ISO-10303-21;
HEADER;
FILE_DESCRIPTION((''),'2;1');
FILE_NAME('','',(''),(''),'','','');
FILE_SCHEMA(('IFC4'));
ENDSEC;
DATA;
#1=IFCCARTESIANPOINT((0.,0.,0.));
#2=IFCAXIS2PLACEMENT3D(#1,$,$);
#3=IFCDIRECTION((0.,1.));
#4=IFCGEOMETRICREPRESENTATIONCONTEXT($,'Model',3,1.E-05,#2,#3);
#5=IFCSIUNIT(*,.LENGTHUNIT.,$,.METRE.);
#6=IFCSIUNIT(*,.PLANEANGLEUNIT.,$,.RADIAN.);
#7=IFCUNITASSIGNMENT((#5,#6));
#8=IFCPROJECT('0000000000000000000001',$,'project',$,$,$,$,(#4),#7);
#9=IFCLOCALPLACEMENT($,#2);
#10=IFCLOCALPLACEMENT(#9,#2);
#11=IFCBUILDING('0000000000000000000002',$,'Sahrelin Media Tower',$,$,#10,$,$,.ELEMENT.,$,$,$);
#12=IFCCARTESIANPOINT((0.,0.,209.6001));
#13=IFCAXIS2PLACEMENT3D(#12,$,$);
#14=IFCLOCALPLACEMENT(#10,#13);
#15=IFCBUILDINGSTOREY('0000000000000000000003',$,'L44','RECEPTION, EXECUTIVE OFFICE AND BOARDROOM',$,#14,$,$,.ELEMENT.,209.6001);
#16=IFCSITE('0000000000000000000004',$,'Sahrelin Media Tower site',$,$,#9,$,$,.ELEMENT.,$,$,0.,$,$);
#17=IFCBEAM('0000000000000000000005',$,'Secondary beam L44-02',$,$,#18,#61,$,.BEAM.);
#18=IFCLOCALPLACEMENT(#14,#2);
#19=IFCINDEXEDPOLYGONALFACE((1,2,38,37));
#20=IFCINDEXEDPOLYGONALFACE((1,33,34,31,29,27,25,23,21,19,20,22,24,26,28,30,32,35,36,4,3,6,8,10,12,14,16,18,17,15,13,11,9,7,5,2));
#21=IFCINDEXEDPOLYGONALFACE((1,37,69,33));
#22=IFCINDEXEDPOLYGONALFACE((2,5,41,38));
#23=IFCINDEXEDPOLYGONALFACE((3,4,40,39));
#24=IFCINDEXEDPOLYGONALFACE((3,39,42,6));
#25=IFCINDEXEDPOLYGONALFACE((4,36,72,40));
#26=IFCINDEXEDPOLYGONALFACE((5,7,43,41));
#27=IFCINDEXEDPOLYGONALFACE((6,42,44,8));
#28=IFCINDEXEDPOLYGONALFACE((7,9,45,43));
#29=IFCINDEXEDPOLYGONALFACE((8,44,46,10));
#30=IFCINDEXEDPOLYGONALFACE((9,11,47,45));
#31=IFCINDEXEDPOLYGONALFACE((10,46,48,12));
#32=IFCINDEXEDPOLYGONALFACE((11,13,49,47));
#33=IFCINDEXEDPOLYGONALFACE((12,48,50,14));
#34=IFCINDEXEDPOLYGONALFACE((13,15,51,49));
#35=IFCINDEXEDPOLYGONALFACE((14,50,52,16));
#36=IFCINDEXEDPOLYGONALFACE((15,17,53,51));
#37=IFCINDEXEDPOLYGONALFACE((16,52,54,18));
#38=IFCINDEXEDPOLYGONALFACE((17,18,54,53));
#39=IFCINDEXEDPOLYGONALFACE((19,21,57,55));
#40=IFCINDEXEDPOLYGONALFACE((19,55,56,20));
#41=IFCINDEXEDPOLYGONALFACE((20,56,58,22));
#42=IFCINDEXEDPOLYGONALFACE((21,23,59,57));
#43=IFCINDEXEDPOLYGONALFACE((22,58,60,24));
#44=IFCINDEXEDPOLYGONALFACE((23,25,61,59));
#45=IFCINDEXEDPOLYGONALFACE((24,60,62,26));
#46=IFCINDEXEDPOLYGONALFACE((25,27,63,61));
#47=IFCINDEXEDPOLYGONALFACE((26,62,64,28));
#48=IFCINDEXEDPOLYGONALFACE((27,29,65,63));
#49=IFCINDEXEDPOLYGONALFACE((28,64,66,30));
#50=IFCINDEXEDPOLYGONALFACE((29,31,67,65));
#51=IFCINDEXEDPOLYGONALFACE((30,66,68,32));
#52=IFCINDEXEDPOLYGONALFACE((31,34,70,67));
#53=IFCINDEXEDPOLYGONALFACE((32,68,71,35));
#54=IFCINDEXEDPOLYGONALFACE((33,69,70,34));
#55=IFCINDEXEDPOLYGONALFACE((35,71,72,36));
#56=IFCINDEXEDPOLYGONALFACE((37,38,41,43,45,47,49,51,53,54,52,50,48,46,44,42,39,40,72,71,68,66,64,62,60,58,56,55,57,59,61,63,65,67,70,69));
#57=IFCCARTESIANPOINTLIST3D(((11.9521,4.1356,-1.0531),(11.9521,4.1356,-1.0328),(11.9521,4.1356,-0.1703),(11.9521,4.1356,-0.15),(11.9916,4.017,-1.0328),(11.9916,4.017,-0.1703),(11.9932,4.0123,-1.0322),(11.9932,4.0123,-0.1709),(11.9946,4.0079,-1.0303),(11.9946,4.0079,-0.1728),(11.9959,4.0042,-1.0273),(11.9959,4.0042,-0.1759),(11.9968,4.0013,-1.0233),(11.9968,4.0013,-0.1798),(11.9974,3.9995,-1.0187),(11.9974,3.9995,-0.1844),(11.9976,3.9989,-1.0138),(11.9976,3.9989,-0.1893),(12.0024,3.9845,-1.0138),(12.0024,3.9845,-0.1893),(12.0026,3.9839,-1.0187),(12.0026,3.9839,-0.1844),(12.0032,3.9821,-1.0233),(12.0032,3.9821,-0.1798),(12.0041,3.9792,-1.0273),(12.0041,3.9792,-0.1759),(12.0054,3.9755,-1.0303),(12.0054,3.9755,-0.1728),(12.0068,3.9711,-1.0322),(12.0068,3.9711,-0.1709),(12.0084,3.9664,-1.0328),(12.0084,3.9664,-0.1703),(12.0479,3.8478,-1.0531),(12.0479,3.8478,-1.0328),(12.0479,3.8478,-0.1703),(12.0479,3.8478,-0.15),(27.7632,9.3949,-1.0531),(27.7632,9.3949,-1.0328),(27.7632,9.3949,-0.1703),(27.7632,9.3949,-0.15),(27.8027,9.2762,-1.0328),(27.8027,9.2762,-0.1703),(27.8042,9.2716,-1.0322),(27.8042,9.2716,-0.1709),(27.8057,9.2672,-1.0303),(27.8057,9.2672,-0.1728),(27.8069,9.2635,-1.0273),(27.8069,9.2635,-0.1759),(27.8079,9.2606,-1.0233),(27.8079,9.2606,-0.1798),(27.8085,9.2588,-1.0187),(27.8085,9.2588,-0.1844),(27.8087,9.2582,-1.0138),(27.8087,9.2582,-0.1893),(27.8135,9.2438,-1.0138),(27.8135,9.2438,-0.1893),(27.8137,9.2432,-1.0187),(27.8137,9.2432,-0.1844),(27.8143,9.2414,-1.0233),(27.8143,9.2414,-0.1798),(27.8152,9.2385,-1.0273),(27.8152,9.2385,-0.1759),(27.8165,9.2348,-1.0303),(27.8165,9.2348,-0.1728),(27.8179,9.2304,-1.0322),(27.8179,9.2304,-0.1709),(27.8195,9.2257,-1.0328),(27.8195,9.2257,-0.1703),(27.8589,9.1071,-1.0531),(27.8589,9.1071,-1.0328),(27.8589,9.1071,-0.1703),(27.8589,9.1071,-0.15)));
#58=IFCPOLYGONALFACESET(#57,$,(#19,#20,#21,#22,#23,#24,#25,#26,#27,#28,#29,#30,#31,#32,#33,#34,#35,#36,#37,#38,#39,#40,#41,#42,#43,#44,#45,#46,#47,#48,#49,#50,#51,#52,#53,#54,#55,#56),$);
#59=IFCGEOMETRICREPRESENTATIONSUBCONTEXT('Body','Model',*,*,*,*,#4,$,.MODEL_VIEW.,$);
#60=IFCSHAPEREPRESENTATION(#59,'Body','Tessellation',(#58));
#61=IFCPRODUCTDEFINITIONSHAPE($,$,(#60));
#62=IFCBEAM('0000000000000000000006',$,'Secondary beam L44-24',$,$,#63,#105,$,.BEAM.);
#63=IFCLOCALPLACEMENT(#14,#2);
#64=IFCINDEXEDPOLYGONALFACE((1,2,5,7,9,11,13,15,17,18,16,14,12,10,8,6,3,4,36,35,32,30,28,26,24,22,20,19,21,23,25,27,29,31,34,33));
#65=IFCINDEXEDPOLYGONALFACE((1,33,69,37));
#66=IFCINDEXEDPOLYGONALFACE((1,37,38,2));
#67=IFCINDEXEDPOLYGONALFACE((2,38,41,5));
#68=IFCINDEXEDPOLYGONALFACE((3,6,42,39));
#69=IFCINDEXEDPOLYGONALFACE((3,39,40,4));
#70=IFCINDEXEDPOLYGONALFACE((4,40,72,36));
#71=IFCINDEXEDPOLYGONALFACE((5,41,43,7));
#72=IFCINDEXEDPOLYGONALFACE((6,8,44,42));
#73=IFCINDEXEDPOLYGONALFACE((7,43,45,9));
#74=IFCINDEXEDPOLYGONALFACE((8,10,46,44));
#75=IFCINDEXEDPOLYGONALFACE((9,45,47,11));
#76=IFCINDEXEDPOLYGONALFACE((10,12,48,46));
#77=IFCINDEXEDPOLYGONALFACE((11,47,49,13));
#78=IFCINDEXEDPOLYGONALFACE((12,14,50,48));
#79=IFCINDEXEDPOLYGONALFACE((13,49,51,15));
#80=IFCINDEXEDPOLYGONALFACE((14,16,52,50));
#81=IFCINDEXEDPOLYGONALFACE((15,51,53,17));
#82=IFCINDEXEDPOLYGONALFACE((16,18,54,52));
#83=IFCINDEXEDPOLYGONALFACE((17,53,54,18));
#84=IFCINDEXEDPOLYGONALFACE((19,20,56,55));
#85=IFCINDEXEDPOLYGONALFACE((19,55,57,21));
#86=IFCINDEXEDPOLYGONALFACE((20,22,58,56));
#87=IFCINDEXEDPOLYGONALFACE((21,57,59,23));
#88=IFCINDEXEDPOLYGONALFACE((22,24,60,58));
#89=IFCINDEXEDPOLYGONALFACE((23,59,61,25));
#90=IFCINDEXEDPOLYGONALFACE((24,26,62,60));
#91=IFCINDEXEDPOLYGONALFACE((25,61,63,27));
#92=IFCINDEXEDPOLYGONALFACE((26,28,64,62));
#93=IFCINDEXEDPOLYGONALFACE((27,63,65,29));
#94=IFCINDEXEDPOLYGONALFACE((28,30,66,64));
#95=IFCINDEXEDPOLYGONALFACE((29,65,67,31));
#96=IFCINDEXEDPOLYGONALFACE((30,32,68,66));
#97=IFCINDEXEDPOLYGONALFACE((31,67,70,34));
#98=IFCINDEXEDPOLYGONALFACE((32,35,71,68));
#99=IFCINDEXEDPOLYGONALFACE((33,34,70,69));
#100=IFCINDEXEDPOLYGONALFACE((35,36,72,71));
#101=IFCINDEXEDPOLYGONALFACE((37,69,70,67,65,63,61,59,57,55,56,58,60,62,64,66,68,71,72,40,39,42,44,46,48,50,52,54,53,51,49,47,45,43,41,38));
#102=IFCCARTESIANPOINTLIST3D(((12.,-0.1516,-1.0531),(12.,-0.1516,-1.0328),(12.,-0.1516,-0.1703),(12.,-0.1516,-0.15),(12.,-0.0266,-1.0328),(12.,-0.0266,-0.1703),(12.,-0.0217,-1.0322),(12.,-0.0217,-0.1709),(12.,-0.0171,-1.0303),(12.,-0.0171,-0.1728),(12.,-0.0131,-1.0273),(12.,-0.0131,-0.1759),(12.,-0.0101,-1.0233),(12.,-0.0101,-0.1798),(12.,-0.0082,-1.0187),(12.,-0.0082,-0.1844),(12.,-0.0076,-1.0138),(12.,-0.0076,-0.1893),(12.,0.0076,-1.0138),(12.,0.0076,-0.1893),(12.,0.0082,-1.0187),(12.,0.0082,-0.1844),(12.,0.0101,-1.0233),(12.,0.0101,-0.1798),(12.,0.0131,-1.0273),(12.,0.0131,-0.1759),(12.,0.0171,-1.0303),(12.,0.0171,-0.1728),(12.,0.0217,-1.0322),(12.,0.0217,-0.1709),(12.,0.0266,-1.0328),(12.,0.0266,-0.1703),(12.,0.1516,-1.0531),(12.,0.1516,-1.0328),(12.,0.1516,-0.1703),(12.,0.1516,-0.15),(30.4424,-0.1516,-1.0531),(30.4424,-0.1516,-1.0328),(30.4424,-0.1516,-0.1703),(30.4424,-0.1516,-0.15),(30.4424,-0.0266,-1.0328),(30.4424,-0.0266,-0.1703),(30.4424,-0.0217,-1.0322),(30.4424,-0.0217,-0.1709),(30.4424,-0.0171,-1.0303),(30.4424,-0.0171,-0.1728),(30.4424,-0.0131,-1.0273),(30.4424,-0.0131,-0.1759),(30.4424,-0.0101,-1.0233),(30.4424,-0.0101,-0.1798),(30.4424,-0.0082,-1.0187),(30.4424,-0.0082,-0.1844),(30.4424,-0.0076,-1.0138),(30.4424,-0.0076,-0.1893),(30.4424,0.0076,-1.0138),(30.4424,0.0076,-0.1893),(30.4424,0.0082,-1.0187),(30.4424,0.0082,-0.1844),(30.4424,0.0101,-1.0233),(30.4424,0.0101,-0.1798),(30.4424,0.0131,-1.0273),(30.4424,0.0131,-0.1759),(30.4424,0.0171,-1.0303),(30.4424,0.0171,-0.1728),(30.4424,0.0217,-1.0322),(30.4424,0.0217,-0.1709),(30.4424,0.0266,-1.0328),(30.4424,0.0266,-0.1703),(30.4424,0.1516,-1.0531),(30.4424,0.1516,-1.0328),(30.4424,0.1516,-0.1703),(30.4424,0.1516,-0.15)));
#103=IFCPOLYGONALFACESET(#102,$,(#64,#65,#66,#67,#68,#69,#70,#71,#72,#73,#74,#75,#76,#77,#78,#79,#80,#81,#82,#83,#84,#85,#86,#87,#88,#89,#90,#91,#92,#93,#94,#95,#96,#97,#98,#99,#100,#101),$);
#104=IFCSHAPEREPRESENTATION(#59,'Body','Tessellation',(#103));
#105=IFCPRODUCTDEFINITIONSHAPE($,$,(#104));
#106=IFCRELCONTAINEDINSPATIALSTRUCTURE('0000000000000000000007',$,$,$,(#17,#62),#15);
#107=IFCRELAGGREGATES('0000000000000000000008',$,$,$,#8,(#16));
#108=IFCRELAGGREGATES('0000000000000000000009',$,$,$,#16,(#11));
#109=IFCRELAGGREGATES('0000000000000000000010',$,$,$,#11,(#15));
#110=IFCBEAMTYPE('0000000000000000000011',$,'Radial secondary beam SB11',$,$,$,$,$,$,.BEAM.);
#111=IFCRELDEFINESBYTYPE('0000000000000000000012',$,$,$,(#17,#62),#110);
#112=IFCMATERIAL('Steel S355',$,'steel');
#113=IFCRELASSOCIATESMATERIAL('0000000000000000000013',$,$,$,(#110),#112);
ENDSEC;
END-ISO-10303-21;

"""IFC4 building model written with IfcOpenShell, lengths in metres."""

from ifc_helpers import new_model, si_unit, direction, frame, origin, origin_2d, place, context, subcontext, project, spatial, i_section, extrude, material, material_profile, profile_set, type_object, element, save


model = new_model("IFC4")

# Units and contexts
model_context = context("Model", 3, precision=1e-05, world=origin(), true_north=direction((0.0, 1.0)))
body_context = subcontext(model_context, "Body", "Model", "MODEL_VIEW")
ifc_project = project(units=[si_unit("LENGTHUNIT", "METRE"), si_unit("PLANEANGLEUNIT", "RADIAN")], contexts=[model_context])

# Site, building, storey
site_placement = place(None, origin())
site = spatial("IfcSite", under=ifc_project, at=site_placement, Name="Sahrelin Media Tower site", CompositionType="ELEMENT", RefElevation=0.0)
building_placement = place(site_placement, origin())
building = spatial("IfcBuilding", under=site, at=building_placement, Name="Sahrelin Media Tower", CompositionType="ELEMENT")
storey_placement = place(building_placement, frame((0.0, 0.0, 209.6001)))
storey = spatial("IfcBuildingStorey", under=building, at=storey_placement, Name="L44", Description="RECEPTION, EXECUTIVE OFFICE AND BOARDROOM", CompositionType="ELEMENT", Elevation=209.6001)

# Beams
ifc_material_1 = material(Name="Steel S355", Category="steel")
ifc_material_profile_1 = material_profile(ifc_material_1, i_section(OverallWidth=0.3032, OverallDepth=0.9031, WebThickness=0.0151, FlangeThickness=0.0203, FilletRadius=0.019, at=origin_2d()), Name="UB 914x305x201")
ifc_profile_set_1 = profile_set([ifc_material_profile_1], Name="Steel S355")
beam_type_1 = type_object("IfcBeamType", Name="Radial secondary beam SB11", PredefinedType="BEAM", material=ifc_profile_set_1)
beam_1_placement = place(storey_placement, frame((12.0, 3.9917, -0.6016), z_axis=(0.948882, 0.31563, 0.0), x_axis=(-0.31563, 0.948882, 0.0)))
element("IfcBeam", 1, at=beam_1_placement, inside=storey, type_object=beam_type_1, Name="Secondary beam L44-02", PredefinedType="BEAM", context=body_context, shape_type="SweptSolid", body=[
    extrude(i_section(OverallWidth=0.3032, OverallDepth=0.9031, WebThickness=0.0151, FlangeThickness=0.0203, FilletRadius=0.019, at=origin_2d()), origin(), (0.0, 0.0, 1.0), 16.6628),
])
beam_2_placement = place(storey_placement, frame((12.0, 0.0, -0.6016), z_axis=(1.0, 0.0, 0.0), x_axis=(0.0, 1.0, 0.0)))
element("IfcBeam", 2, at=beam_2_placement, inside=storey, type_object=beam_type_1, Name="Secondary beam L44-24", PredefinedType="BEAM", context=body_context, shape_type="SweptSolid", body=[
    extrude(i_section(OverallWidth=0.3032, OverallDepth=0.9031, WebThickness=0.0151, FlangeThickness=0.0203, FilletRadius=0.019, at=origin_2d()), origin(), (0.0, 0.0, 1.0), 18.4424),
])

save(model, "model.ifc")
